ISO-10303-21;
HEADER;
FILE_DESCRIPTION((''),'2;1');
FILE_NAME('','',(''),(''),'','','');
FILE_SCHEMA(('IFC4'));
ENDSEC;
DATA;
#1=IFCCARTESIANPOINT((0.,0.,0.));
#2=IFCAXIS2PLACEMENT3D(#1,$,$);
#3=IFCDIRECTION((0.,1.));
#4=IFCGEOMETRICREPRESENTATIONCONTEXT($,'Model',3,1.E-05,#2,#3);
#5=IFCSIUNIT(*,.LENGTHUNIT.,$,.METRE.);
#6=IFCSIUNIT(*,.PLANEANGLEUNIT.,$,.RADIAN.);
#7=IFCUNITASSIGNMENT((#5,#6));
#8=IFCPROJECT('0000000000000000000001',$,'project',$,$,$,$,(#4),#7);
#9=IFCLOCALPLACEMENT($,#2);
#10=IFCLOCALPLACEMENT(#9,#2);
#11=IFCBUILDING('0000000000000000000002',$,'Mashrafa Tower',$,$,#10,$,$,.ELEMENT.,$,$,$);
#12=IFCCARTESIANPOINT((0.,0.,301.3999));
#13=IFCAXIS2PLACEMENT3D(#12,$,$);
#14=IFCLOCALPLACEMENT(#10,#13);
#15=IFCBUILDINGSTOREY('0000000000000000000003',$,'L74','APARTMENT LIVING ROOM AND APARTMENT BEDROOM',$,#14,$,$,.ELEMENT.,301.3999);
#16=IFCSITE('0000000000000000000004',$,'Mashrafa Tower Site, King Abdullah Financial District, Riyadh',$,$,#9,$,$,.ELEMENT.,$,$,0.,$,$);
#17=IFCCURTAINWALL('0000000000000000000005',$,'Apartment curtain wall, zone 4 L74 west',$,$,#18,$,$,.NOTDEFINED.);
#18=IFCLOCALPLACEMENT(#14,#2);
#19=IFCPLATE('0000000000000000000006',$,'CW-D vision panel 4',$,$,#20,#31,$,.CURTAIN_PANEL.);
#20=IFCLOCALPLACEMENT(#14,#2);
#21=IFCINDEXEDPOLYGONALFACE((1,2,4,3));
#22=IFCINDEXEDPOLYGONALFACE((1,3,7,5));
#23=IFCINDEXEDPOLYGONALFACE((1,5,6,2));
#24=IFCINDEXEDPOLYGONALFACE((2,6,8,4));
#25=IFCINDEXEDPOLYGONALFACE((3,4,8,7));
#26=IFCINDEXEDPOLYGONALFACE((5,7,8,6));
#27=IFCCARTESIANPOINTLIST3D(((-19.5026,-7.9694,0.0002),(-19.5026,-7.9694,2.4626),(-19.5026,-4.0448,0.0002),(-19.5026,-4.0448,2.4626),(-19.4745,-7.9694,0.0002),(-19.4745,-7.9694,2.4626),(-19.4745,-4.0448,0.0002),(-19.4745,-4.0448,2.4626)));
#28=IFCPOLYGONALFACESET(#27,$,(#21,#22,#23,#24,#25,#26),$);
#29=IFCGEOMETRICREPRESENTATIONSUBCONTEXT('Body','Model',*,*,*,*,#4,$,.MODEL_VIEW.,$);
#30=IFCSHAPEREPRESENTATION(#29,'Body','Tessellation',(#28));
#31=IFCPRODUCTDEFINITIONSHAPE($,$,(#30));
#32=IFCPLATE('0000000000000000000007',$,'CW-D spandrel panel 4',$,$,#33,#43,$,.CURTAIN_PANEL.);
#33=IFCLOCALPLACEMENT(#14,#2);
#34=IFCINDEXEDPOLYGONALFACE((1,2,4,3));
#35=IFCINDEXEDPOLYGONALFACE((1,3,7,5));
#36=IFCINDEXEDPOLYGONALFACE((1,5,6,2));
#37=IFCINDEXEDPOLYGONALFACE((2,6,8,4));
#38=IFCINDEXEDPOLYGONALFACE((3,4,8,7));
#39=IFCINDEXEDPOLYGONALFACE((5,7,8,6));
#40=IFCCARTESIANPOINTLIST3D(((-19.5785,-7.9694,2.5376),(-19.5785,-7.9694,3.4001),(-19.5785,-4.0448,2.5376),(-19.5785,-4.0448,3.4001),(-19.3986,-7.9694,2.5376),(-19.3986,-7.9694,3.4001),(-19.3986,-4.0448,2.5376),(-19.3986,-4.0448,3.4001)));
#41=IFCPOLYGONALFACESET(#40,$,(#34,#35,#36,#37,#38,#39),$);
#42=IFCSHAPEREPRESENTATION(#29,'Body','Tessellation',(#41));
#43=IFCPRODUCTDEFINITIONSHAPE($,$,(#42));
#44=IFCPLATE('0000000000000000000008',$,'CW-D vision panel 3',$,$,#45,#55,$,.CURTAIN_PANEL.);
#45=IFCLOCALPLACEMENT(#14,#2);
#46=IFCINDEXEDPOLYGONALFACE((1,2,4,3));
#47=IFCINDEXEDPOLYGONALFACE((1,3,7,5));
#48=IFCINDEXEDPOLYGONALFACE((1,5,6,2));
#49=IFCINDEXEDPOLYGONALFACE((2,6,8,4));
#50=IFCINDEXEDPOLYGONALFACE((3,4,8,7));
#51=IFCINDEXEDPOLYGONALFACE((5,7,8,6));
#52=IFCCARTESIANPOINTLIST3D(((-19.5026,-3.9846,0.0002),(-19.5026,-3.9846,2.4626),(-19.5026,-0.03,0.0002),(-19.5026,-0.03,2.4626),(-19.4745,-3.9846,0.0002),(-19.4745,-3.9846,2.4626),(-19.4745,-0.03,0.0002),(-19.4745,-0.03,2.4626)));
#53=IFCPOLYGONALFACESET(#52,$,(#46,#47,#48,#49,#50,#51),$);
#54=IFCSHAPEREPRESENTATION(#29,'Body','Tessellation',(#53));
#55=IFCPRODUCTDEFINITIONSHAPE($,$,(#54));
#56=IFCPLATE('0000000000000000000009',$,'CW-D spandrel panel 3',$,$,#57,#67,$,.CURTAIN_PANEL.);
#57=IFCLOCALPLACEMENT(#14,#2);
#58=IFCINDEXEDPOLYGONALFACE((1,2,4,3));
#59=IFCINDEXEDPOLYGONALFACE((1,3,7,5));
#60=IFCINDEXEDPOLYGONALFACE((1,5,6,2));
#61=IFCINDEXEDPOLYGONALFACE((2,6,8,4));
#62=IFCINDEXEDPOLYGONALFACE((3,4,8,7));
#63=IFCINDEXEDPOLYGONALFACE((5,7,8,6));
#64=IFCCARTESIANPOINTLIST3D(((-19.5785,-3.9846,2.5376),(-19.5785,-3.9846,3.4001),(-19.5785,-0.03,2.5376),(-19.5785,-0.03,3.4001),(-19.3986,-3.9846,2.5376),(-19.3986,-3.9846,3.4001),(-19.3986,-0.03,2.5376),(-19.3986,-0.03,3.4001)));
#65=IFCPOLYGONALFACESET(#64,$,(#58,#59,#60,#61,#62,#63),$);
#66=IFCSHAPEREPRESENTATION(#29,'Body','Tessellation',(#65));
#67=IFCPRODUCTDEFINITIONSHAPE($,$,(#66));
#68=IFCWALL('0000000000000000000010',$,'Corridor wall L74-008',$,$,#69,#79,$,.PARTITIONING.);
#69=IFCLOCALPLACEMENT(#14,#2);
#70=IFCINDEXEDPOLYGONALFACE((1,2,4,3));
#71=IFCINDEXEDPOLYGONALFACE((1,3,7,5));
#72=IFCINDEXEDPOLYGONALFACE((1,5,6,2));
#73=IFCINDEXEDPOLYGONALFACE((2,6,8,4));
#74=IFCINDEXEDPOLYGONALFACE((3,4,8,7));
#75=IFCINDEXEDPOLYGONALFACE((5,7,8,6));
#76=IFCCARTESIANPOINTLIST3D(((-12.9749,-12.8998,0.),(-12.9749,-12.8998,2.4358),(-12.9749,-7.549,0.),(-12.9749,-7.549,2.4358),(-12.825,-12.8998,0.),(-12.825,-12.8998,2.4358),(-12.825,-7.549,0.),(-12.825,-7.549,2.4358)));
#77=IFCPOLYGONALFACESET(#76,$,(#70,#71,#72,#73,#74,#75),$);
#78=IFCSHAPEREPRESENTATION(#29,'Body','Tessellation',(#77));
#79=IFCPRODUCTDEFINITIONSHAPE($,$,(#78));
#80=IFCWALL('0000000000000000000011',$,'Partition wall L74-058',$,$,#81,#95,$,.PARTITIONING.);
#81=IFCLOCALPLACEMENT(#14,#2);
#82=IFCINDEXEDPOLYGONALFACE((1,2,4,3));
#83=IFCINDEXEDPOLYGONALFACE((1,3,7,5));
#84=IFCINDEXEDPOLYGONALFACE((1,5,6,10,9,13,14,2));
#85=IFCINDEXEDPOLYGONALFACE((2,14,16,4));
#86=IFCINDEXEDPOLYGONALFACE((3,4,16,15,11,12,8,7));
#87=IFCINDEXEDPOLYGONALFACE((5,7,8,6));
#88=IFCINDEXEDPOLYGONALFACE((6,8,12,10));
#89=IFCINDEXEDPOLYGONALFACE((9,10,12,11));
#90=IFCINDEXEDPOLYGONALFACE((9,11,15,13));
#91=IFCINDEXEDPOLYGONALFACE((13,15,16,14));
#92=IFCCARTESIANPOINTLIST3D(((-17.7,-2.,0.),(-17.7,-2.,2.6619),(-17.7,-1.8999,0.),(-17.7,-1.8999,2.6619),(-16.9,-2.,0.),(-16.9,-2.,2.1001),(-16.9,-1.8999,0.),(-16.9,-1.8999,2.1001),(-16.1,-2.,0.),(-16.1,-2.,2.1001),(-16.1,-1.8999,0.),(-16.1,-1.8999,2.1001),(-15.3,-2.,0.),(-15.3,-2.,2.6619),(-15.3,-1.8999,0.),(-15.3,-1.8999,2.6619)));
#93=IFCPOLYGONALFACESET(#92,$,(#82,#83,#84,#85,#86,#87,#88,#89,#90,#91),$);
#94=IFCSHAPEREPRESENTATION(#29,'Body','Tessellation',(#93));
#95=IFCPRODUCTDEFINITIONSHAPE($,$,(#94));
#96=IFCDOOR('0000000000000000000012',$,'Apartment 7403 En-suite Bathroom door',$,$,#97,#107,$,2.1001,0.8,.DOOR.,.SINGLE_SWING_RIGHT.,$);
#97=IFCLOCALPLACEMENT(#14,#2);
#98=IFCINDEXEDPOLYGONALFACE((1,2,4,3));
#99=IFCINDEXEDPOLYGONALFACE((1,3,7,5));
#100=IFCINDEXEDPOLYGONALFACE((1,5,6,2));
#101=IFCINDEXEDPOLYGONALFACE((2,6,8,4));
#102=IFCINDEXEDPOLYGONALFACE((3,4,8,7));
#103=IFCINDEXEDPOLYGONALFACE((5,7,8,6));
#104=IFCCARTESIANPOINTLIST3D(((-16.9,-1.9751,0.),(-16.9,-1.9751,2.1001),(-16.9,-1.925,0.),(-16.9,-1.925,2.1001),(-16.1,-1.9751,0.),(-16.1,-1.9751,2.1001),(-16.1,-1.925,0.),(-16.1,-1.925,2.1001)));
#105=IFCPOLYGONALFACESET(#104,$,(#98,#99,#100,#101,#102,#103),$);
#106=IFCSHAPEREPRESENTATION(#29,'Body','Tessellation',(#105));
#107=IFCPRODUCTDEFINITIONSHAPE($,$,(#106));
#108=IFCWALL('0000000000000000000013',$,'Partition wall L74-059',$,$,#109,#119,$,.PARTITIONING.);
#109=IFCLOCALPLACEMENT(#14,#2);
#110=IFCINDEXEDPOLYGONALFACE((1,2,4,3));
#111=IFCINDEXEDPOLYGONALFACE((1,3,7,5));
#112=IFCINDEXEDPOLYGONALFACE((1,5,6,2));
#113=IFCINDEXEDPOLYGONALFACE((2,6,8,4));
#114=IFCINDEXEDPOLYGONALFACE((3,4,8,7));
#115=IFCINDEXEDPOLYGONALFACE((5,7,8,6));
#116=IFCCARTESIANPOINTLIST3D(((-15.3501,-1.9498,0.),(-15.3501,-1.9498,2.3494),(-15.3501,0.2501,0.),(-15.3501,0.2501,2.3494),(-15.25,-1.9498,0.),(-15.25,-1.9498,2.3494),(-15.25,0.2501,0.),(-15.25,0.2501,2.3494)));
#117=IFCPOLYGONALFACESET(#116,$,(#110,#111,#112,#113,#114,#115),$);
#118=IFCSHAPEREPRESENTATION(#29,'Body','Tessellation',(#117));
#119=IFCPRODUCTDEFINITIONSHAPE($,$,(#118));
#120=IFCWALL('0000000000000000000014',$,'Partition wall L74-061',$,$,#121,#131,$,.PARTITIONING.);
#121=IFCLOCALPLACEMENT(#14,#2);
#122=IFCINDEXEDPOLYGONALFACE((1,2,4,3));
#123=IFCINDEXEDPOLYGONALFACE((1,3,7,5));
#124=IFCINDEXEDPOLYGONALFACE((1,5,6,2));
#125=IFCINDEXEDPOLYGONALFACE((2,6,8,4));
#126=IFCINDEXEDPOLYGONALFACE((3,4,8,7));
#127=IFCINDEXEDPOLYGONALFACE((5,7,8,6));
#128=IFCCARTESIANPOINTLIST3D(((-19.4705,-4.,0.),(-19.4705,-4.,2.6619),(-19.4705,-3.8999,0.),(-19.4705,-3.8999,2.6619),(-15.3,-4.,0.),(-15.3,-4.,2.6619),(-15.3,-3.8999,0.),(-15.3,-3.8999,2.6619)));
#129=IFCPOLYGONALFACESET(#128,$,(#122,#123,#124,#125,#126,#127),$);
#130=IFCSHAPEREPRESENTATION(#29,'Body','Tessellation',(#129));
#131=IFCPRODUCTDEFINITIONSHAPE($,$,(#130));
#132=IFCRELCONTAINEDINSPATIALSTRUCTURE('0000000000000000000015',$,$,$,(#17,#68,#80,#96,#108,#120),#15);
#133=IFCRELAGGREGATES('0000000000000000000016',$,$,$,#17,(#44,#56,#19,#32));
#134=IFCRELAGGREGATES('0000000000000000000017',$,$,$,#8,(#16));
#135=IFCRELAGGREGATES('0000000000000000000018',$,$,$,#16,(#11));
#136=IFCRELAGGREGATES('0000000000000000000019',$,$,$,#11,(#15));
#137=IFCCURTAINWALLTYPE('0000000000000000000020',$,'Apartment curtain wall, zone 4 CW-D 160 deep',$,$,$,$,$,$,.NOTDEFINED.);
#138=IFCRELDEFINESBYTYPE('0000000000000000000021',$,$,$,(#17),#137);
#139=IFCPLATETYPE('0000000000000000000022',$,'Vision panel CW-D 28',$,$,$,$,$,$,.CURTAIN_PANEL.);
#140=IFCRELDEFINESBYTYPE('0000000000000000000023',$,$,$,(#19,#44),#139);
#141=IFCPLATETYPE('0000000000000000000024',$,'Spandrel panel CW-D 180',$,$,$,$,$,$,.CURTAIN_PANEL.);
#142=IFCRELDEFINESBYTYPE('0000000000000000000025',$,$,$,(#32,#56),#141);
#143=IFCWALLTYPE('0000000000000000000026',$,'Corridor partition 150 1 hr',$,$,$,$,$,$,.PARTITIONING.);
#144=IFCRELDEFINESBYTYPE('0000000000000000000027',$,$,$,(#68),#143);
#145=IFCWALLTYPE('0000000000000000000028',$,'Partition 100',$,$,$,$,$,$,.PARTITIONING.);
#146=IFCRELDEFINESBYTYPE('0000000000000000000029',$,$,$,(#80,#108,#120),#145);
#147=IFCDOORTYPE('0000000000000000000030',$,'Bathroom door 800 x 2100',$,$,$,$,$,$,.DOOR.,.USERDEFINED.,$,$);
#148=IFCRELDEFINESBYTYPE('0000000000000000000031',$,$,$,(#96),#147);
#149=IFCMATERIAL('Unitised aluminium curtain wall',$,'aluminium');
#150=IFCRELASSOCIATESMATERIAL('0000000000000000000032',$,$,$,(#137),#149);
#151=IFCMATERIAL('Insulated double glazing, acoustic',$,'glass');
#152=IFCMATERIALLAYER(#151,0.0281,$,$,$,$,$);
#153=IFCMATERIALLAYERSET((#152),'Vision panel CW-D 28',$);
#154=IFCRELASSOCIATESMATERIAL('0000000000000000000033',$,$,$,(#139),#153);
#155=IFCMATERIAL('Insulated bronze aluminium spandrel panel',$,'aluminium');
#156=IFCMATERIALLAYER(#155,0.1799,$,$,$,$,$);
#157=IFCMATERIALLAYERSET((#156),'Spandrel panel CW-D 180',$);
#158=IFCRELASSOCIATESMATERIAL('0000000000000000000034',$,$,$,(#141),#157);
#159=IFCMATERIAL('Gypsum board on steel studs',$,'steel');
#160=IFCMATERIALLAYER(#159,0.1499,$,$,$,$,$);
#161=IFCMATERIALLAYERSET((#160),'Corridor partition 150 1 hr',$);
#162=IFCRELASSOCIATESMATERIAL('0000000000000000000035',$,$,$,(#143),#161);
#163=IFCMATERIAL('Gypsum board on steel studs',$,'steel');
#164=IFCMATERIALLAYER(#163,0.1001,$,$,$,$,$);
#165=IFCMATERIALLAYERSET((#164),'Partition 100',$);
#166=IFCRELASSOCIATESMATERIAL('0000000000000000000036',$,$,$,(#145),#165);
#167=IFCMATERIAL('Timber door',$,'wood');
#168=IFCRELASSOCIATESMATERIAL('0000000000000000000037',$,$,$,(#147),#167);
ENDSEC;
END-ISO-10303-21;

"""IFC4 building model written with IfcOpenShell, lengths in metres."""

from ifc_helpers import new_model, si_unit, direction, frame, frame_2d, origin, origin_2d, place, context, subcontext, project, spatial, rectangle, extrude, source, transform, mapped, material, layer, layer_set, type_object, type_shapes, element, fill, aggregate, save


model = new_model("IFC4")

# Units and contexts
model_context = context("Model", 3, precision=1e-05, world=origin(), true_north=direction((0.0, 1.0)))
body_context = subcontext(model_context, "Body", "Model", "MODEL_VIEW")
ifc_project = project(units=[si_unit("LENGTHUNIT", "METRE"), si_unit("PLANEANGLEUNIT", "RADIAN")], contexts=[model_context])

# Site, building, storey
site_placement = place(None, origin())
site = spatial("IfcSite", under=ifc_project, at=site_placement, Name="Mashrafa Tower Site, King Abdullah Financial District, Riyadh", CompositionType="ELEMENT", RefElevation=0.0)
building_placement = place(site_placement, origin())
building = spatial("IfcBuilding", under=site, at=building_placement, Name="Mashrafa Tower", CompositionType="ELEMENT")
storey_placement = place(building_placement, frame((0.0, 0.0, 301.3999)))
storey = spatial("IfcBuildingStorey", under=building, at=storey_placement, Name="L74", Description="APARTMENT LIVING ROOM AND APARTMENT BEDROOM", CompositionType="ELEMENT", Elevation=301.3999)

# Curtain wall, plates
ifc_material_1 = material(Name="Unitised aluminium curtain wall", Category="aluminium")
curtain_wall_type = type_object("IfcCurtainWallType", Name="Apartment curtain wall, zone 4 CW-D 160 deep", PredefinedType="NOTDEFINED", material=ifc_material_1)
curtain_wall_placement = place(storey_placement, origin())
curtain_wall = element("IfcCurtainWall", 1, at=curtain_wall_placement, inside=storey, type_object=curtain_wall_type, Name="Apartment curtain wall, zone 4 L74 west", PredefinedType="NOTDEFINED")
ifc_material_2 = material(Name="Insulated double glazing, acoustic", Category="glass")
ifc_layer_1 = layer(ifc_material_2, 0.0281)
ifc_layer_set_1 = layer_set([ifc_layer_1], Name="Vision panel CW-D 28")
plate_type_1 = type_object("IfcPlateType", Name="Vision panel CW-D 28", PredefinedType="CURTAIN_PANEL", material=ifc_layer_set_1)
shared_shape_1 = source(origin(), body_context, "Body", "SweptSolid", [
    extrude(rectangle(XDim=3.9246, YDim=0.0281, at=origin_2d()), origin(), (0.0, 0.0, 1.0), 2.4624),
])
plate_1_placement = place(storey_placement, frame((-19.4885, -6.0071, 0.0002), z_axis=(0.0, 0.0, 1.0), x_axis=(0.0, -1.0, 0.0)))
plate_1 = element("IfcPlate", 2, at=plate_1_placement, type_object=plate_type_1, Name="CW-D vision panel 4", PredefinedType="CURTAIN_PANEL", context=body_context, shape_type="MappedRepresentation", body=[
    mapped(shared_shape_1, transform((0.0, 0.0, 0.0))),
])
ifc_material_3 = material(Name="Insulated bronze aluminium spandrel panel", Category="aluminium")
ifc_layer_2 = layer(ifc_material_3, 0.1799)
ifc_layer_set_2 = layer_set([ifc_layer_2], Name="Spandrel panel CW-D 180")
plate_type_2 = type_object("IfcPlateType", Name="Spandrel panel CW-D 180", PredefinedType="CURTAIN_PANEL", material=ifc_layer_set_2)
shared_shape_2 = source(origin(), body_context, "Body", "SweptSolid", [
    extrude(rectangle(XDim=3.9246, YDim=0.1799, at=origin_2d()), origin(), (0.0, 0.0, 1.0), 0.8625),
])
plate_2_placement = place(storey_placement, frame((-19.4885, -6.0071, 2.5376), z_axis=(0.0, 0.0, 1.0), x_axis=(0.0, -1.0, 0.0)))
plate_2 = element("IfcPlate", 3, at=plate_2_placement, type_object=plate_type_2, Name="CW-D spandrel panel 4", PredefinedType="CURTAIN_PANEL", context=body_context, shape_type="MappedRepresentation", body=[
    mapped(shared_shape_2, transform((0.0, 0.0, 0.0))),
])
shared_shape_3 = source(origin(), body_context, "Body", "SweptSolid", [
    extrude(rectangle(XDim=3.9546, YDim=0.0281, at=origin_2d()), origin(), (0.0, 0.0, 1.0), 2.4624),
])
type_shapes(plate_type_1, [shared_shape_1, shared_shape_3])
plate_3_placement = place(storey_placement, frame((-19.4885, -2.0073, 0.0002), z_axis=(0.0, 0.0, 1.0), x_axis=(0.0, -1.0, 0.0)))
plate_3 = element("IfcPlate", 4, at=plate_3_placement, type_object=plate_type_1, Name="CW-D vision panel 3", PredefinedType="CURTAIN_PANEL", context=body_context, shape_type="MappedRepresentation", body=[
    mapped(shared_shape_3, transform((0.0, 0.0, 0.0))),
])
shared_shape_4 = source(origin(), body_context, "Body", "SweptSolid", [
    extrude(rectangle(XDim=3.9546, YDim=0.1799, at=origin_2d()), origin(), (0.0, 0.0, 1.0), 0.8625),
])
type_shapes(plate_type_2, [shared_shape_2, shared_shape_4])
plate_4_placement = place(storey_placement, frame((-19.4885, -2.0073, 2.5376), z_axis=(0.0, 0.0, 1.0), x_axis=(0.0, -1.0, 0.0)))
plate_4 = element("IfcPlate", 5, at=plate_4_placement, type_object=plate_type_2, Name="CW-D spandrel panel 3", PredefinedType="CURTAIN_PANEL", context=body_context, shape_type="MappedRepresentation", body=[
    mapped(shared_shape_4, transform((0.0, 0.0, 0.0))),
])
aggregate(curtain_wall, [plate_3, plate_4, plate_1, plate_2])

# Wall
ifc_material_4 = material(Name="Gypsum board on steel studs", Category="steel")
ifc_layer_3 = layer(ifc_material_4, 0.1499)
ifc_layer_set_3 = layer_set([ifc_layer_3], Name="Corridor partition 150 1 hr")
wall_type_1 = type_object("IfcWallType", Name="Corridor partition 150 1 hr", PredefinedType="PARTITIONING", material=ifc_layer_set_3)
wall_1_placement = place(storey_placement, frame((-12.8999, -7.5491, 0.0), z_axis=(0.0, 0.0, 1.0), x_axis=(0.0, -1.0, 0.0)))
element("IfcWall", 6, at=wall_1_placement, inside=storey, type_object=wall_type_1, Name="Corridor wall L74-008", PredefinedType="PARTITIONING", context=body_context, shape_type="SweptSolid", body=[
    extrude(rectangle(XDim=5.3508, YDim=0.1499, at=frame_2d((2.6753, 0.0))), origin(), (0.0, 0.0, 1.0), 2.4358),
])

# Wall, opening, door
ifc_material_5 = material(Name="Gypsum board on steel studs", Category="steel")
ifc_layer_4 = layer(ifc_material_5, 0.1001)
ifc_layer_set_4 = layer_set([ifc_layer_4], Name="Partition 100")
wall_type_2 = type_object("IfcWallType", Name="Partition 100", PredefinedType="PARTITIONING", material=ifc_layer_set_4)
wall_2_placement = place(storey_placement, frame((-17.7, -1.95, 0.0), z_axis=(0.0, 0.0, 1.0), x_axis=(1.0, 0.0, 0.0)))
wall_2 = element("IfcWall", 7, at=wall_2_placement, inside=storey, type_object=wall_type_2, Name="Partition wall L74-058", PredefinedType="PARTITIONING", context=body_context, shape_type="SweptSolid", body=[
    extrude(rectangle(XDim=2.3999, YDim=0.1001, at=frame_2d((1.2, 0.0))), origin(), (0.0, 0.0, 1.0), 2.6619),
])
opening_1_placement = place(wall_2_placement, frame((0.8, 0.0, 0.0)))
opening_1 = element("IfcOpeningElement", 8, at=opening_1_placement, cuts=wall_2, PredefinedType="OPENING", context=body_context, shape_type="SweptSolid", body=[
    extrude(rectangle(XDim=0.8, YDim=2.1001, at=frame_2d((0.3999, 1.05))), frame((0.0, 0.0601, 0.0), z_axis=(0.0, -1.0, 0.0), x_axis=(1.0, 0.0, 0.0)), (0.0, 0.0, 1.0), 0.1201),
])
ifc_material_6 = material(Name="Timber door", Category="wood")
door_type_1 = type_object("IfcDoorType", Name="Bathroom door 800 x 2100", OperationType="USERDEFINED", PredefinedType="DOOR", material=ifc_material_6)
door_1_placement = place(opening_1_placement, origin())
door_1 = element("IfcDoor", 9, at=door_1_placement, inside=storey, type_object=door_type_1, Name="Apartment 7403 En-suite Bathroom door", OperationType="SINGLE_SWING_RIGHT", OverallHeight=2.1001, OverallWidth=0.8, PredefinedType="DOOR", context=body_context, shape_type="SweptSolid", body=[
    extrude(rectangle(XDim=0.8, YDim=2.1001, at=frame_2d((0.3999, 1.05))), frame((0.0, 0.0249, 0.0), z_axis=(0.0, -1.0, 0.0), x_axis=(1.0, 0.0, 0.0)), (0.0, 0.0, 1.0), 0.05),
])
fill(opening_1, door_1)

# Walls
wall_3_placement = place(storey_placement, frame((-15.3, -1.95, 0.0), z_axis=(0.0, 0.0, 1.0), x_axis=(0.0, 1.0, 0.0)))
element("IfcWall", 10, at=wall_3_placement, inside=storey, type_object=wall_type_2, Name="Partition wall L74-059", PredefinedType="PARTITIONING", context=body_context, shape_type="SweptSolid", body=[
    extrude(rectangle(XDim=2.2, YDim=0.1001, at=frame_2d((1.1001, 0.0))), origin(), (0.0, 0.0, 1.0), 2.3494),
])
wall_4_placement = place(storey_placement, frame((-19.4705, -3.95, 0.0), z_axis=(0.0, 0.0, 1.0), x_axis=(1.0, 0.0, 0.0)))
element("IfcWall", 11, at=wall_4_placement, inside=storey, type_object=wall_type_2, Name="Partition wall L74-061", PredefinedType="PARTITIONING", context=body_context, shape_type="SweptSolid", body=[
    extrude(rectangle(XDim=4.1704, YDim=0.1001, at=frame_2d((2.0852, 0.0))), origin(), (0.0, 0.0, 1.0), 2.6619),
])

save(model, "model.ifc")
